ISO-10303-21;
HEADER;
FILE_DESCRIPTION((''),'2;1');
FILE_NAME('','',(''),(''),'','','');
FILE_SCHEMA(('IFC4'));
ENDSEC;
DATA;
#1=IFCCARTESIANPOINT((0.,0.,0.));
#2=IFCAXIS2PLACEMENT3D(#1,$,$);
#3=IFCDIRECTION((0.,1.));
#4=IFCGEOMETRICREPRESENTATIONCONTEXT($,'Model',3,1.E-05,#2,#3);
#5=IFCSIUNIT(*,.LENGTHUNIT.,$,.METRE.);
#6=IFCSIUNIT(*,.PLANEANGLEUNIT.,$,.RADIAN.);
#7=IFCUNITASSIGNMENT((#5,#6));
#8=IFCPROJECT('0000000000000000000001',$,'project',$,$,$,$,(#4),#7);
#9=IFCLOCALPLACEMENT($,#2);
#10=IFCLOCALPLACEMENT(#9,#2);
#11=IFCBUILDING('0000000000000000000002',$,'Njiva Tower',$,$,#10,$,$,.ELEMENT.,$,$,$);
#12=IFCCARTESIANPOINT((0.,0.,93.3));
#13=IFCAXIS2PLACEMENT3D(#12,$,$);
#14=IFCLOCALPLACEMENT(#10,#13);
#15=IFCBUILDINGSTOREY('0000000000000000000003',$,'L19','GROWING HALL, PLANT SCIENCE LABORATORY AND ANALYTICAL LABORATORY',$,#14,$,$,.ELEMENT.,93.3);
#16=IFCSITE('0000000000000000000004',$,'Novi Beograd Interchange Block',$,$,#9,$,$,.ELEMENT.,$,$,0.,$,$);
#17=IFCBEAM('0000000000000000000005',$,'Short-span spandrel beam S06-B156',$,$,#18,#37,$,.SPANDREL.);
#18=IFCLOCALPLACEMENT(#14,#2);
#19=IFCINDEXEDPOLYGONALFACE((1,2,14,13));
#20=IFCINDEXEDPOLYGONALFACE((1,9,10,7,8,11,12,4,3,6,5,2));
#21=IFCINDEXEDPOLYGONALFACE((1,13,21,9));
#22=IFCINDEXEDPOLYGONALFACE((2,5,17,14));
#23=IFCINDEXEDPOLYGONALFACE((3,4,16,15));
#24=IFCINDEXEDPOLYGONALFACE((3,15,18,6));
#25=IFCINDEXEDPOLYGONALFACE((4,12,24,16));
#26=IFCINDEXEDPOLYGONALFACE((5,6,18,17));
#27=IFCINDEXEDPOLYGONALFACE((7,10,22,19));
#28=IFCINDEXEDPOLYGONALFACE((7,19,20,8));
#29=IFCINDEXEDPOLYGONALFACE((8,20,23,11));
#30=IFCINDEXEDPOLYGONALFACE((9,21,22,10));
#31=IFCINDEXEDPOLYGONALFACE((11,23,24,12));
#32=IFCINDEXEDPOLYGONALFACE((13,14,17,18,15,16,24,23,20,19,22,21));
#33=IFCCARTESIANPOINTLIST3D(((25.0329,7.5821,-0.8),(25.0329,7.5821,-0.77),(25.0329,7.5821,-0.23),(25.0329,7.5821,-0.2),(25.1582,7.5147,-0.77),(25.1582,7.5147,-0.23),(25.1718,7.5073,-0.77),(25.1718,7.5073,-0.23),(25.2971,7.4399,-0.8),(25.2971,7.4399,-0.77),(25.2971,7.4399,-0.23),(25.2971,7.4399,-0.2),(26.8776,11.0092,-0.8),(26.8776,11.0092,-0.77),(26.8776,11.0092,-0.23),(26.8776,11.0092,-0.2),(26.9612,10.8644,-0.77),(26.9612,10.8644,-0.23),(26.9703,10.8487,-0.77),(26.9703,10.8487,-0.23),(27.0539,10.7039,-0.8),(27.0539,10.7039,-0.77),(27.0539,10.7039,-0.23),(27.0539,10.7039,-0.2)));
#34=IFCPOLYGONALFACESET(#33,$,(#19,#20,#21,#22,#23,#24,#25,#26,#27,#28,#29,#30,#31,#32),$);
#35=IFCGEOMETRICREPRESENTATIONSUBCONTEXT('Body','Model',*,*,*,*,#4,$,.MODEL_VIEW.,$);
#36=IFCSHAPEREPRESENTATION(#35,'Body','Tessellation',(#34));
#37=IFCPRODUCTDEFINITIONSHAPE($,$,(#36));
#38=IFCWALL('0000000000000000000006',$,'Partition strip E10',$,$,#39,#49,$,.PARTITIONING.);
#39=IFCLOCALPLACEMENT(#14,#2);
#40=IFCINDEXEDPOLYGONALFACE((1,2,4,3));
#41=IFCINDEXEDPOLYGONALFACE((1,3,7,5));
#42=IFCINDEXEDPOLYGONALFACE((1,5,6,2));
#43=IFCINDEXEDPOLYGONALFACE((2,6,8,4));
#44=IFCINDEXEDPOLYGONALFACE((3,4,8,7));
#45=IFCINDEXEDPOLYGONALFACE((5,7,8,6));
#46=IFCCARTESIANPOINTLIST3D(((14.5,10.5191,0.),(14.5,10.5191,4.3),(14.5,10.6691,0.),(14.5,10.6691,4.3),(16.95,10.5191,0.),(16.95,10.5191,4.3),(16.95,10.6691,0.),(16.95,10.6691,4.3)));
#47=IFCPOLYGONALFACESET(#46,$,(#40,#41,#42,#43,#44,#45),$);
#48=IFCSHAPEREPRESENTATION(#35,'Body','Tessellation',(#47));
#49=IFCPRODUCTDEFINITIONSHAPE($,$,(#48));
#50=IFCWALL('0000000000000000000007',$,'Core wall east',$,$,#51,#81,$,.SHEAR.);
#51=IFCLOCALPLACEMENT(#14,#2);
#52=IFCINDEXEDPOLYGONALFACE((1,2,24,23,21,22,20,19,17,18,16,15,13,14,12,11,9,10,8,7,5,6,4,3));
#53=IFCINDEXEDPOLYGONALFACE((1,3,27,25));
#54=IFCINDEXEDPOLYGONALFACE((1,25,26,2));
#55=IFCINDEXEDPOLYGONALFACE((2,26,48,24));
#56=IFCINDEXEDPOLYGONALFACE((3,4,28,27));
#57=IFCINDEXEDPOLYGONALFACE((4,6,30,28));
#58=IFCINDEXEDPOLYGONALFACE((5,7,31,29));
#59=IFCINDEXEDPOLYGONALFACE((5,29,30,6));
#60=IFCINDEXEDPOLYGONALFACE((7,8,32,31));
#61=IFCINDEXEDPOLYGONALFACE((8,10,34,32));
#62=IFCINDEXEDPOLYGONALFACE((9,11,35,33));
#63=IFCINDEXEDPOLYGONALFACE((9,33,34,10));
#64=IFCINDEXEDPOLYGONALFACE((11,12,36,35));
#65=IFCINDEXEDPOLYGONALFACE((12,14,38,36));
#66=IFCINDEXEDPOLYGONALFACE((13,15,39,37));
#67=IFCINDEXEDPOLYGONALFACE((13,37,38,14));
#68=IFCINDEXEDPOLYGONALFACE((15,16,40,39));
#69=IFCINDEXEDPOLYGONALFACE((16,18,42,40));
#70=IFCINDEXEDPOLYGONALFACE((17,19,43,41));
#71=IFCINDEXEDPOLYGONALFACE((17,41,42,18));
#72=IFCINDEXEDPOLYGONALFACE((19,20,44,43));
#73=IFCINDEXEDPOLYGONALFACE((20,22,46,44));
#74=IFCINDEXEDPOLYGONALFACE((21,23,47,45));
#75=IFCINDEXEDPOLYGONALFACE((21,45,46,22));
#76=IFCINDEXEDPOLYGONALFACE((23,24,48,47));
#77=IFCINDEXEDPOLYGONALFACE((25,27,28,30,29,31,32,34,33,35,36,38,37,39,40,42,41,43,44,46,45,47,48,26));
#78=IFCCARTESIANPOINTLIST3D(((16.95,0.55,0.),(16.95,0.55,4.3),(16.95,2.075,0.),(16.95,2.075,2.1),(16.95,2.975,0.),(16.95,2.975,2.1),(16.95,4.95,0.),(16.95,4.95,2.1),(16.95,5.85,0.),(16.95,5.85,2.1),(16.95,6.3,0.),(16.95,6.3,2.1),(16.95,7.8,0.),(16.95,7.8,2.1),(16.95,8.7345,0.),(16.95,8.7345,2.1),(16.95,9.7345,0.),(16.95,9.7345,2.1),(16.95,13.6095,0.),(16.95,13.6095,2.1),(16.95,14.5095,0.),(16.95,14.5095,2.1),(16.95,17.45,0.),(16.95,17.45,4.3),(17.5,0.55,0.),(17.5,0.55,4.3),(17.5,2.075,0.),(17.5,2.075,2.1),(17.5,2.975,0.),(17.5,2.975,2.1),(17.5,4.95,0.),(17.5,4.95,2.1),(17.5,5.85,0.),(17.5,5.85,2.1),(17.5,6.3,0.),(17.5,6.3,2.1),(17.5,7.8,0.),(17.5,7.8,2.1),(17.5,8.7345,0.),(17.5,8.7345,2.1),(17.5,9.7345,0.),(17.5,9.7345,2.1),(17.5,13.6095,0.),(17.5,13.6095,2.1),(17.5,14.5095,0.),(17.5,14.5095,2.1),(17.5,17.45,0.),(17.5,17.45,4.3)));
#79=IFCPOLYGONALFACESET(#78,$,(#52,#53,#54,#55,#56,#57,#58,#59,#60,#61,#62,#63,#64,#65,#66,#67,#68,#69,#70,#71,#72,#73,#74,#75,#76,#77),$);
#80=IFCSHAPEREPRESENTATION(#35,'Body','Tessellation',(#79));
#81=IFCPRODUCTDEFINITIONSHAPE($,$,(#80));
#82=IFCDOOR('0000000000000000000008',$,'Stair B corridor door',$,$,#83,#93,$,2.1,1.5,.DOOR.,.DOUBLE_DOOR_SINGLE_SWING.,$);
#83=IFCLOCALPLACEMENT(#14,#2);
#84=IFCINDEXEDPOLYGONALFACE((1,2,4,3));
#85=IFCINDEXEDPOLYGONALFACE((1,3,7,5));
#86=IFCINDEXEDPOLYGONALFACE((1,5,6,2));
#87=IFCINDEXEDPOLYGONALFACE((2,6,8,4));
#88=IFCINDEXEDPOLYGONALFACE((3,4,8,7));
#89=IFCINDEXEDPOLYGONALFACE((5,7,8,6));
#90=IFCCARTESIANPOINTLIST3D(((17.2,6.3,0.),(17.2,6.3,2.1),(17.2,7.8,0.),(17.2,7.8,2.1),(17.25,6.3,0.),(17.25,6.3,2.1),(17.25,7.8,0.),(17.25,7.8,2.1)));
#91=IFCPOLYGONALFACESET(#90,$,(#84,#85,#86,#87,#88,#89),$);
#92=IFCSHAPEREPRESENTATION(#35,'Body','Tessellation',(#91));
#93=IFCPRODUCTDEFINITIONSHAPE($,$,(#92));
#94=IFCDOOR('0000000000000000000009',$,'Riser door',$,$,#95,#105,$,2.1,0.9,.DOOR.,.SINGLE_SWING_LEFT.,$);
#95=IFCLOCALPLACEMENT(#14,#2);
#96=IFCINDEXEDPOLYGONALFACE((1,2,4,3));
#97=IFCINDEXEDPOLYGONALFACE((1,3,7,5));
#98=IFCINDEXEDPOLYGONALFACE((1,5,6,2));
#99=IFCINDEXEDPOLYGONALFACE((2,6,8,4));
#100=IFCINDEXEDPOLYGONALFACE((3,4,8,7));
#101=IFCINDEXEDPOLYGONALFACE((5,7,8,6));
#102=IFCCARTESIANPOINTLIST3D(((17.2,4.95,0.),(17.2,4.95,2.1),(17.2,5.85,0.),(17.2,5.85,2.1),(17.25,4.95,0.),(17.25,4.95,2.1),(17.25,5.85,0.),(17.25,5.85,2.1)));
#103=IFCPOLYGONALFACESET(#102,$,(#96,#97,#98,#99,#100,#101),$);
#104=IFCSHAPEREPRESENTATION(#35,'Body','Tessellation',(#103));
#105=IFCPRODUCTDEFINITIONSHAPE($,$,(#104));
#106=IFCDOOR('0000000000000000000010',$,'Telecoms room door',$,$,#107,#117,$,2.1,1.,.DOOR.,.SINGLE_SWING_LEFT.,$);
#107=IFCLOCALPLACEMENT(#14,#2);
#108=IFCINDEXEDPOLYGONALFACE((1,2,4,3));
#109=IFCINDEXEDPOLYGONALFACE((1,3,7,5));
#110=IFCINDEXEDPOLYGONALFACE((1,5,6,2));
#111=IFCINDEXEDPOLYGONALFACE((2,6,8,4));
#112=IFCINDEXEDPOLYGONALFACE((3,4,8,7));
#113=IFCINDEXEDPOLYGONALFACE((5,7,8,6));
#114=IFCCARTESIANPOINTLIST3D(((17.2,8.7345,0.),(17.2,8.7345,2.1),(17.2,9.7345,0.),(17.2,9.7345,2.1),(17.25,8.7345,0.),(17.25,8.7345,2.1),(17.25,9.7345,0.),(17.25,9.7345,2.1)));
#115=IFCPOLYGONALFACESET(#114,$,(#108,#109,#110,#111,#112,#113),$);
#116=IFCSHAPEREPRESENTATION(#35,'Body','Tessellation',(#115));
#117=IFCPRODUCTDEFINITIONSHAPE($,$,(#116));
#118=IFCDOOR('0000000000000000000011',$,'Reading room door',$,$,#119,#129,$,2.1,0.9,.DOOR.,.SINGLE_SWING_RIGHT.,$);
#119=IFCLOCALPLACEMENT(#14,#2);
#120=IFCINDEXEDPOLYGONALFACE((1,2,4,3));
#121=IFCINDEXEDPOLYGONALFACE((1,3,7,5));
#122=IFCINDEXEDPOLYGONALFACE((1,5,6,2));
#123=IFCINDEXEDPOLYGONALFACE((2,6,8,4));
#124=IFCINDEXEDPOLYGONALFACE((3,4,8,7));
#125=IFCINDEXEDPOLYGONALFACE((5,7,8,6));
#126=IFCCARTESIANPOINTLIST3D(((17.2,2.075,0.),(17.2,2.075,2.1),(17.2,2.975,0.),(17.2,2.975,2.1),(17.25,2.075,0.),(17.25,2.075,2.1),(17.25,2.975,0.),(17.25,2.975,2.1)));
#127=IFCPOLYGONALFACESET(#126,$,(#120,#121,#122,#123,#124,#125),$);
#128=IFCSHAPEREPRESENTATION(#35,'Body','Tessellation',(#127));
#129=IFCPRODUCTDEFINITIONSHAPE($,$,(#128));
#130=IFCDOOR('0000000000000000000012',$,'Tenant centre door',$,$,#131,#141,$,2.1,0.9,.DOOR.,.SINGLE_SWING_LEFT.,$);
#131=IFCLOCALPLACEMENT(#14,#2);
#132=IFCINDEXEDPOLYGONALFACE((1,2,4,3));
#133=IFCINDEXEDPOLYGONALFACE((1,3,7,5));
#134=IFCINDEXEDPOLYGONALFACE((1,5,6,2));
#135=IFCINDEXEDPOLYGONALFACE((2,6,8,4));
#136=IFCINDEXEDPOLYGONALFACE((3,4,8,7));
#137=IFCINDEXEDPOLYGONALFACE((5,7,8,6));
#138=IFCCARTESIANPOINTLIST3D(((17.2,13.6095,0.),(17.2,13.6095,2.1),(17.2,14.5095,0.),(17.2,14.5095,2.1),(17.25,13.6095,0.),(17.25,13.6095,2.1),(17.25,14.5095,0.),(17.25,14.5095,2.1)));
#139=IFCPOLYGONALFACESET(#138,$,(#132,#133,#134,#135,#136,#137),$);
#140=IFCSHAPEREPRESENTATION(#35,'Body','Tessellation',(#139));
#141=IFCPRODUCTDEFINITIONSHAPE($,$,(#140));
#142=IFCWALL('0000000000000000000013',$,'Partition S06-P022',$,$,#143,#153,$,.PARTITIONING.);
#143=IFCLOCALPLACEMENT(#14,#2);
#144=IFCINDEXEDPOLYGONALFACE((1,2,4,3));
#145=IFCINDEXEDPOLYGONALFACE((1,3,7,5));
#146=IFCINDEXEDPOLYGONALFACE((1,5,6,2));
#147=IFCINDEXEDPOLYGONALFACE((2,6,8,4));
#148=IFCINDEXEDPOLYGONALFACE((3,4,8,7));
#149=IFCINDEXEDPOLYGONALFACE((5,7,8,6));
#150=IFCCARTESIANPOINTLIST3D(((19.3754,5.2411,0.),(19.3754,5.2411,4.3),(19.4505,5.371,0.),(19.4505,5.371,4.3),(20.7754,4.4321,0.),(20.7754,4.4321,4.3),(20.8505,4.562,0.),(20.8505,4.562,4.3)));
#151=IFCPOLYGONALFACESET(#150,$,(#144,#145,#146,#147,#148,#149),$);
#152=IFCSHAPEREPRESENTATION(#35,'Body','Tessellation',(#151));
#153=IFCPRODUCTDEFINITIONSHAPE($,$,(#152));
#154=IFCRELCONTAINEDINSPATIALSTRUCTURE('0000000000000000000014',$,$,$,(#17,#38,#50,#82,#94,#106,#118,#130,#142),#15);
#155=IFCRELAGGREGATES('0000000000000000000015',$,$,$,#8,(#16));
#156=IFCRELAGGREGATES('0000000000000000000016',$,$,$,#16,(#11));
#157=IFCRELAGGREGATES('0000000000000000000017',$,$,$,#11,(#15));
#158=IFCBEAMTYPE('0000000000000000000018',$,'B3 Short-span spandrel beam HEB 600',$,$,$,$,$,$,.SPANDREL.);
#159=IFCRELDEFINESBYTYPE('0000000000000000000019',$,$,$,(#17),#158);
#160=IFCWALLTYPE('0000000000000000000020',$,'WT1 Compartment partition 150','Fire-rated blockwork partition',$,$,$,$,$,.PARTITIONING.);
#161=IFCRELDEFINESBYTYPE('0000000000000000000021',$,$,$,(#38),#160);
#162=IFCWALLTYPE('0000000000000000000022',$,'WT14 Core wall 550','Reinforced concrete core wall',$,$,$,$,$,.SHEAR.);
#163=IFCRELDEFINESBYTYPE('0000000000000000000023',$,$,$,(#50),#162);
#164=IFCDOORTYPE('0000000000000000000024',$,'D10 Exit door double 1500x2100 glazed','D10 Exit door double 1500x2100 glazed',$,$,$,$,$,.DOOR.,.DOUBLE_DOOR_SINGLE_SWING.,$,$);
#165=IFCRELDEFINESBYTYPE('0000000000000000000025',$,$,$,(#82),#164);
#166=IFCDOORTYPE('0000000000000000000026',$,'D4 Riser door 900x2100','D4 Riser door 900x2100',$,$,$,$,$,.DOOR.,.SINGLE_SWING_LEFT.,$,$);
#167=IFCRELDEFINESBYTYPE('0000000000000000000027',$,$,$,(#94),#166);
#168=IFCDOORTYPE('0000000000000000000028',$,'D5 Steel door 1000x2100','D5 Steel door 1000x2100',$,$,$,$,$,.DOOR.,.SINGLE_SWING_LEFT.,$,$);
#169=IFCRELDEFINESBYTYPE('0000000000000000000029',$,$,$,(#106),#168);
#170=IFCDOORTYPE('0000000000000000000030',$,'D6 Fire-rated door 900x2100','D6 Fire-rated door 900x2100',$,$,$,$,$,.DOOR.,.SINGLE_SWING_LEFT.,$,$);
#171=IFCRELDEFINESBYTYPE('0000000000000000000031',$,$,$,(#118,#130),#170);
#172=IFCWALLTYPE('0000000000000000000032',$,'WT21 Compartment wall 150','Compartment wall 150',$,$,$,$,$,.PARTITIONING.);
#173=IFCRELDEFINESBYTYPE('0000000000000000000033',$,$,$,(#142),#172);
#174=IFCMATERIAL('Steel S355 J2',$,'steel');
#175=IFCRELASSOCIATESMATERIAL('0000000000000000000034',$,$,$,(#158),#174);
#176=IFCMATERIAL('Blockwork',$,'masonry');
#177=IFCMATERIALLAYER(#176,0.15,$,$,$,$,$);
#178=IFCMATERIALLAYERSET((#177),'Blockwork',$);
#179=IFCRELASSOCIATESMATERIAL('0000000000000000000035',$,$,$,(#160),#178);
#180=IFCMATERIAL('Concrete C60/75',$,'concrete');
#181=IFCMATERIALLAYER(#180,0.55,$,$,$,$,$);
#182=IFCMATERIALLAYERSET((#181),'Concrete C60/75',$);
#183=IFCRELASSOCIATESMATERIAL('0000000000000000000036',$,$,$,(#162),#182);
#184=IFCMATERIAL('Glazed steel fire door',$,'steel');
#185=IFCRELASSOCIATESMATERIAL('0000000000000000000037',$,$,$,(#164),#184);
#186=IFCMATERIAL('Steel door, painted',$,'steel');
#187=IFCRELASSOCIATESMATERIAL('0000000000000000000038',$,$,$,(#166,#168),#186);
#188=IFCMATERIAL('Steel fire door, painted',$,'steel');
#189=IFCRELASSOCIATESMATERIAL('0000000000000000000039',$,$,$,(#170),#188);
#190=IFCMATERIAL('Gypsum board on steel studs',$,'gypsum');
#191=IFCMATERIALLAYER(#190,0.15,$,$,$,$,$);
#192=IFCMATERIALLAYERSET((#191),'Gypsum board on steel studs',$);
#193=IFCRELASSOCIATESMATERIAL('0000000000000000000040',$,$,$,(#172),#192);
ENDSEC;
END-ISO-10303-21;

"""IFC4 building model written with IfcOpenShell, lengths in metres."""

from ifc_helpers import new_model, si_unit, direction, frame, frame_2d, origin, origin_2d, place, context, subcontext, project, spatial, rectangle, i_section, extrude, clip, halfspace, material, layer, layer_set, material_profile, profile_set, type_object, element, fill, save


model = new_model("IFC4")

# Units and contexts
model_context = context("Model", 3, precision=1e-05, world=origin(), true_north=direction((0.0, 1.0)))
body_context = subcontext(model_context, "Body", "Model", "MODEL_VIEW")
ifc_project = project(units=[si_unit("LENGTHUNIT", "METRE"), si_unit("PLANEANGLEUNIT", "RADIAN")], contexts=[model_context])

# Site, building, storey
site_placement = place(None, origin())
site = spatial("IfcSite", under=ifc_project, at=site_placement, Name="Novi Beograd Interchange Block", CompositionType="ELEMENT", RefElevation=0.0)
building_placement = place(site_placement, origin())
building = spatial("IfcBuilding", under=site, at=building_placement, Name="Njiva Tower", CompositionType="ELEMENT")
storey_placement = place(building_placement, frame((0.0, 0.0, 93.3)))
storey = spatial("IfcBuildingStorey", under=building, at=storey_placement, Name="L19", Description="GROWING HALL, PLANT SCIENCE LABORATORY AND ANALYTICAL LABORATORY", CompositionType="ELEMENT", Elevation=93.3)

# Shared definitions
ifc_material_1 = material(Name="Steel S355 J2", Category="steel")

# Beam
ifc_material_profile_1 = material_profile(ifc_material_1, i_section(OverallWidth=0.3, OverallDepth=0.6, WebThickness=0.0155, FlangeThickness=0.03, at=origin_2d()), Name="HEB 600")
ifc_profile_set_1 = profile_set([ifc_material_profile_1], Name="Steel S355 J2")
beam_type_1 = type_object("IfcBeamType", Name="B3 Short-span spandrel beam HEB 600", PredefinedType="SPANDREL", material=ifc_profile_set_1)
beam_1_placement = place(storey_placement, frame((25.165, 7.511, -0.5), z_axis=(0.473959, 0.880547, 0.0), x_axis=(-0.880547, 0.473959, 0.0)))
element("IfcBeam", 1, at=beam_1_placement, inside=storey, type_object=beam_type_1, Name="Short-span spandrel beam S06-B156", PredefinedType="SPANDREL", context=body_context, shape_type="Clipping", body=[
    clip(extrude(i_section(OverallWidth=0.3, OverallDepth=0.6, WebThickness=0.0155, FlangeThickness=0.03, at=origin_2d()), origin(), (0.0, 0.0, 1.0), 3.9129), halfspace(frame((-0.0259, 0.0, 3.7834), z_axis=(-0.525599, 0.0, 0.850733), x_axis=(0.0, 1.0, 0.0)), False)),
])

# Wall
ifc_material_2 = material(Name="Blockwork", Category="masonry")
ifc_layer_1 = layer(ifc_material_2, 0.15)
ifc_layer_set_1 = layer_set([ifc_layer_1], Name="Blockwork")
wall_type_1 = type_object("IfcWallType", Name="WT1 Compartment partition 150", Description="Fire-rated blockwork partition", PredefinedType="PARTITIONING", material=ifc_layer_set_1)
wall_1_placement = place(storey_placement, frame((14.5, 10.5941, 0.0), z_axis=(0.0, 0.0, 1.0), x_axis=(1.0, 0.0, 0.0)))
element("IfcWall", 2, at=wall_1_placement, inside=storey, type_object=wall_type_1, Name="Partition strip E10", PredefinedType="PARTITIONING", context=body_context, shape_type="SweptSolid", body=[
    extrude(rectangle(XDim=2.45, YDim=0.15, at=frame_2d((1.225, 0.0))), origin(), (0.0, 0.0, 1.0), 4.3),
])

# Wall, openings, doors
ifc_material_3 = material(Name="Concrete C60/75", Category="concrete")
ifc_layer_2 = layer(ifc_material_3, 0.55)
ifc_layer_set_2 = layer_set([ifc_layer_2], Name="Concrete C60/75")
wall_type_2 = type_object("IfcWallType", Name="WT14 Core wall 550", Description="Reinforced concrete core wall", PredefinedType="SHEAR", material=ifc_layer_set_2)
wall_2_placement = place(storey_placement, frame((17.225, 0.55, 0.0), z_axis=(0.0, 0.0, 1.0), x_axis=(0.0, 1.0, 0.0)))
wall_2 = element("IfcWall", 3, at=wall_2_placement, inside=storey, type_object=wall_type_2, Name="Core wall east", PredefinedType="SHEAR", context=body_context, shape_type="SweptSolid", body=[
    extrude(rectangle(XDim=16.9, YDim=0.55, at=frame_2d((8.45, 0.0))), origin(), (0.0, 0.0, 1.0), 4.3),
])
opening_1_placement = place(wall_2_placement, frame((5.75, 0.0, 0.0)))
opening_1 = element("IfcOpeningElement", 4, at=opening_1_placement, cuts=wall_2, PredefinedType="OPENING", context=body_context, shape_type="SweptSolid", body=[
    extrude(rectangle(XDim=1.5, YDim=2.1, at=frame_2d((0.75, 1.05))), frame((0.0, 0.285, 0.0), z_axis=(0.0, -1.0, 0.0), x_axis=(1.0, 0.0, 0.0)), (0.0, 0.0, 1.0), 0.57),
])
opening_2_placement = place(wall_2_placement, frame((1.525, 0.0, 0.0)))
opening_2 = element("IfcOpeningElement", 5, at=opening_2_placement, cuts=wall_2, PredefinedType="OPENING", context=body_context, shape_type="SweptSolid", body=[
    extrude(rectangle(XDim=0.9, YDim=2.1, at=frame_2d((0.45, 1.05))), frame((0.0, 0.285, 0.0), z_axis=(0.0, -1.0, 0.0), x_axis=(1.0, 0.0, 0.0)), (0.0, 0.0, 1.0), 0.57),
])
opening_3_placement = place(wall_2_placement, frame((4.4, 0.0, 0.0)))
opening_3 = element("IfcOpeningElement", 6, at=opening_3_placement, cuts=wall_2, PredefinedType="OPENING", context=body_context, shape_type="SweptSolid", body=[
    extrude(rectangle(XDim=0.9, YDim=2.1, at=frame_2d((0.45, 1.05))), frame((0.0, 0.285, 0.0), z_axis=(0.0, -1.0, 0.0), x_axis=(1.0, 0.0, 0.0)), (0.0, 0.0, 1.0), 0.57),
])
opening_4_placement = place(wall_2_placement, frame((8.1845, 0.0, 0.0)))
opening_4 = element("IfcOpeningElement", 7, at=opening_4_placement, cuts=wall_2, PredefinedType="OPENING", context=body_context, shape_type="SweptSolid", body=[
    extrude(rectangle(XDim=1.0, YDim=2.1, at=frame_2d((0.5, 1.05))), frame((0.0, 0.285, 0.0), z_axis=(0.0, -1.0, 0.0), x_axis=(1.0, 0.0, 0.0)), (0.0, 0.0, 1.0), 0.57),
])
opening_5_placement = place(wall_2_placement, frame((13.0595, 0.0, 0.0)))
opening_5 = element("IfcOpeningElement", 8, at=opening_5_placement, cuts=wall_2, PredefinedType="OPENING", context=body_context, shape_type="SweptSolid", body=[
    extrude(rectangle(XDim=0.9, YDim=2.1, at=frame_2d((0.45, 1.05))), frame((0.0, 0.285, 0.0), z_axis=(0.0, -1.0, 0.0), x_axis=(1.0, 0.0, 0.0)), (0.0, 0.0, 1.0), 0.57),
])
ifc_material_4 = material(Name="Glazed steel fire door", Category="steel")
door_type_1 = type_object("IfcDoorType", Name="D10 Exit door double 1500x2100 glazed", Description="D10 Exit door double 1500x2100 glazed", OperationType="DOUBLE_DOOR_SINGLE_SWING", PredefinedType="DOOR", material=ifc_material_4)
door_1_placement = place(opening_1_placement, origin())
door_1 = element("IfcDoor", 9, at=door_1_placement, inside=storey, type_object=door_type_1, Name="Stair B corridor door", OperationType="DOUBLE_DOOR_SINGLE_SWING", OverallHeight=2.1, OverallWidth=1.5, PredefinedType="DOOR", context=body_context, shape_type="SweptSolid", body=[
    extrude(rectangle(XDim=1.5, YDim=2.1, at=frame_2d((0.75, 1.05))), frame((0.0, 0.025, 0.0), z_axis=(0.0, -1.0, 0.0), x_axis=(1.0, 0.0, 0.0)), (0.0, 0.0, 1.0), 0.05),
])
fill(opening_1, door_1)
ifc_material_5 = material(Name="Steel door, painted", Category="steel")
door_type_2 = type_object("IfcDoorType", Name="D4 Riser door 900x2100", Description="D4 Riser door 900x2100", OperationType="SINGLE_SWING_LEFT", PredefinedType="DOOR", material=ifc_material_5)
door_2_placement = place(opening_3_placement, origin())
door_2 = element("IfcDoor", 10, at=door_2_placement, inside=storey, type_object=door_type_2, Name="Riser door", OperationType="SINGLE_SWING_LEFT", OverallHeight=2.1, OverallWidth=0.9, PredefinedType="DOOR", context=body_context, shape_type="SweptSolid", body=[
    extrude(rectangle(XDim=0.9, YDim=2.1, at=frame_2d((0.45, 1.05))), frame((0.0, 0.025, 0.0), z_axis=(0.0, -1.0, 0.0), x_axis=(1.0, 0.0, 0.0)), (0.0, 0.0, 1.0), 0.05),
])
fill(opening_3, door_2)
door_type_3 = type_object("IfcDoorType", Name="D5 Steel door 1000x2100", Description="D5 Steel door 1000x2100", OperationType="SINGLE_SWING_LEFT", PredefinedType="DOOR", material=ifc_material_5)
door_3_placement = place(opening_4_placement, origin())
door_3 = element("IfcDoor", 11, at=door_3_placement, inside=storey, type_object=door_type_3, Name="Telecoms room door", OperationType="SINGLE_SWING_LEFT", OverallHeight=2.1, OverallWidth=1.0, PredefinedType="DOOR", context=body_context, shape_type="SweptSolid", body=[
    extrude(rectangle(XDim=1.0, YDim=2.1, at=frame_2d((0.5, 1.05))), frame((0.0, 0.025, 0.0), z_axis=(0.0, -1.0, 0.0), x_axis=(1.0, 0.0, 0.0)), (0.0, 0.0, 1.0), 0.05),
])
fill(opening_4, door_3)
ifc_material_6 = material(Name="Steel fire door, painted", Category="steel")
door_type_4 = type_object("IfcDoorType", Name="D6 Fire-rated door 900x2100", Description="D6 Fire-rated door 900x2100", OperationType="SINGLE_SWING_LEFT", PredefinedType="DOOR", material=ifc_material_6)
door_4_placement = place(opening_2_placement, origin())
door_4 = element("IfcDoor", 12, at=door_4_placement, inside=storey, type_object=door_type_4, Name="Reading room door", OperationType="SINGLE_SWING_RIGHT", OverallHeight=2.1, OverallWidth=0.9, PredefinedType="DOOR", context=body_context, shape_type="SweptSolid", body=[
    extrude(rectangle(XDim=0.9, YDim=2.1, at=frame_2d((0.45, 1.05))), frame((0.0, 0.025, 0.0), z_axis=(0.0, -1.0, 0.0), x_axis=(1.0, 0.0, 0.0)), (0.0, 0.0, 1.0), 0.05),
])
fill(opening_2, door_4)
door_5_placement = place(opening_5_placement, origin())
door_5 = element("IfcDoor", 13, at=door_5_placement, inside=storey, type_object=door_type_4, Name="Tenant centre door", OperationType="SINGLE_SWING_LEFT", OverallHeight=2.1, OverallWidth=0.9, PredefinedType="DOOR", context=body_context, shape_type="SweptSolid", body=[
    extrude(rectangle(XDim=0.9, YDim=2.1, at=frame_2d((0.45, 1.05))), frame((0.0, 0.025, 0.0), z_axis=(0.0, -1.0, 0.0), x_axis=(1.0, 0.0, 0.0)), (0.0, 0.0, 1.0), 0.05),
])
fill(opening_5, door_5)

# Wall
ifc_material_7 = material(Name="Gypsum board on steel studs", Category="gypsum")
ifc_layer_3 = layer(ifc_material_7, 0.15)
ifc_layer_set_3 = layer_set([ifc_layer_3], Name="Gypsum board on steel studs")
wall_type_3 = type_object("IfcWallType", Name="WT21 Compartment wall 150", Description="Compartment wall 150", PredefinedType="PARTITIONING", material=ifc_layer_set_3)
wall_3_placement = place(storey_placement, frame((19.413, 5.306, 0.0), z_axis=(0.0, 0.0, 1.0), x_axis=(0.865835, -0.500329, 0.0)))
element("IfcWall", 14, at=wall_3_placement, inside=storey, type_object=wall_type_3, Name="Partition S06-P022", PredefinedType="PARTITIONING", context=body_context, shape_type="SweptSolid", body=[
    extrude(rectangle(XDim=1.6169, YDim=0.15, at=frame_2d((0.8084, 0.0))), origin(), (0.0, 0.0, 1.0), 4.3),
])

save(model, "model.ifc")
